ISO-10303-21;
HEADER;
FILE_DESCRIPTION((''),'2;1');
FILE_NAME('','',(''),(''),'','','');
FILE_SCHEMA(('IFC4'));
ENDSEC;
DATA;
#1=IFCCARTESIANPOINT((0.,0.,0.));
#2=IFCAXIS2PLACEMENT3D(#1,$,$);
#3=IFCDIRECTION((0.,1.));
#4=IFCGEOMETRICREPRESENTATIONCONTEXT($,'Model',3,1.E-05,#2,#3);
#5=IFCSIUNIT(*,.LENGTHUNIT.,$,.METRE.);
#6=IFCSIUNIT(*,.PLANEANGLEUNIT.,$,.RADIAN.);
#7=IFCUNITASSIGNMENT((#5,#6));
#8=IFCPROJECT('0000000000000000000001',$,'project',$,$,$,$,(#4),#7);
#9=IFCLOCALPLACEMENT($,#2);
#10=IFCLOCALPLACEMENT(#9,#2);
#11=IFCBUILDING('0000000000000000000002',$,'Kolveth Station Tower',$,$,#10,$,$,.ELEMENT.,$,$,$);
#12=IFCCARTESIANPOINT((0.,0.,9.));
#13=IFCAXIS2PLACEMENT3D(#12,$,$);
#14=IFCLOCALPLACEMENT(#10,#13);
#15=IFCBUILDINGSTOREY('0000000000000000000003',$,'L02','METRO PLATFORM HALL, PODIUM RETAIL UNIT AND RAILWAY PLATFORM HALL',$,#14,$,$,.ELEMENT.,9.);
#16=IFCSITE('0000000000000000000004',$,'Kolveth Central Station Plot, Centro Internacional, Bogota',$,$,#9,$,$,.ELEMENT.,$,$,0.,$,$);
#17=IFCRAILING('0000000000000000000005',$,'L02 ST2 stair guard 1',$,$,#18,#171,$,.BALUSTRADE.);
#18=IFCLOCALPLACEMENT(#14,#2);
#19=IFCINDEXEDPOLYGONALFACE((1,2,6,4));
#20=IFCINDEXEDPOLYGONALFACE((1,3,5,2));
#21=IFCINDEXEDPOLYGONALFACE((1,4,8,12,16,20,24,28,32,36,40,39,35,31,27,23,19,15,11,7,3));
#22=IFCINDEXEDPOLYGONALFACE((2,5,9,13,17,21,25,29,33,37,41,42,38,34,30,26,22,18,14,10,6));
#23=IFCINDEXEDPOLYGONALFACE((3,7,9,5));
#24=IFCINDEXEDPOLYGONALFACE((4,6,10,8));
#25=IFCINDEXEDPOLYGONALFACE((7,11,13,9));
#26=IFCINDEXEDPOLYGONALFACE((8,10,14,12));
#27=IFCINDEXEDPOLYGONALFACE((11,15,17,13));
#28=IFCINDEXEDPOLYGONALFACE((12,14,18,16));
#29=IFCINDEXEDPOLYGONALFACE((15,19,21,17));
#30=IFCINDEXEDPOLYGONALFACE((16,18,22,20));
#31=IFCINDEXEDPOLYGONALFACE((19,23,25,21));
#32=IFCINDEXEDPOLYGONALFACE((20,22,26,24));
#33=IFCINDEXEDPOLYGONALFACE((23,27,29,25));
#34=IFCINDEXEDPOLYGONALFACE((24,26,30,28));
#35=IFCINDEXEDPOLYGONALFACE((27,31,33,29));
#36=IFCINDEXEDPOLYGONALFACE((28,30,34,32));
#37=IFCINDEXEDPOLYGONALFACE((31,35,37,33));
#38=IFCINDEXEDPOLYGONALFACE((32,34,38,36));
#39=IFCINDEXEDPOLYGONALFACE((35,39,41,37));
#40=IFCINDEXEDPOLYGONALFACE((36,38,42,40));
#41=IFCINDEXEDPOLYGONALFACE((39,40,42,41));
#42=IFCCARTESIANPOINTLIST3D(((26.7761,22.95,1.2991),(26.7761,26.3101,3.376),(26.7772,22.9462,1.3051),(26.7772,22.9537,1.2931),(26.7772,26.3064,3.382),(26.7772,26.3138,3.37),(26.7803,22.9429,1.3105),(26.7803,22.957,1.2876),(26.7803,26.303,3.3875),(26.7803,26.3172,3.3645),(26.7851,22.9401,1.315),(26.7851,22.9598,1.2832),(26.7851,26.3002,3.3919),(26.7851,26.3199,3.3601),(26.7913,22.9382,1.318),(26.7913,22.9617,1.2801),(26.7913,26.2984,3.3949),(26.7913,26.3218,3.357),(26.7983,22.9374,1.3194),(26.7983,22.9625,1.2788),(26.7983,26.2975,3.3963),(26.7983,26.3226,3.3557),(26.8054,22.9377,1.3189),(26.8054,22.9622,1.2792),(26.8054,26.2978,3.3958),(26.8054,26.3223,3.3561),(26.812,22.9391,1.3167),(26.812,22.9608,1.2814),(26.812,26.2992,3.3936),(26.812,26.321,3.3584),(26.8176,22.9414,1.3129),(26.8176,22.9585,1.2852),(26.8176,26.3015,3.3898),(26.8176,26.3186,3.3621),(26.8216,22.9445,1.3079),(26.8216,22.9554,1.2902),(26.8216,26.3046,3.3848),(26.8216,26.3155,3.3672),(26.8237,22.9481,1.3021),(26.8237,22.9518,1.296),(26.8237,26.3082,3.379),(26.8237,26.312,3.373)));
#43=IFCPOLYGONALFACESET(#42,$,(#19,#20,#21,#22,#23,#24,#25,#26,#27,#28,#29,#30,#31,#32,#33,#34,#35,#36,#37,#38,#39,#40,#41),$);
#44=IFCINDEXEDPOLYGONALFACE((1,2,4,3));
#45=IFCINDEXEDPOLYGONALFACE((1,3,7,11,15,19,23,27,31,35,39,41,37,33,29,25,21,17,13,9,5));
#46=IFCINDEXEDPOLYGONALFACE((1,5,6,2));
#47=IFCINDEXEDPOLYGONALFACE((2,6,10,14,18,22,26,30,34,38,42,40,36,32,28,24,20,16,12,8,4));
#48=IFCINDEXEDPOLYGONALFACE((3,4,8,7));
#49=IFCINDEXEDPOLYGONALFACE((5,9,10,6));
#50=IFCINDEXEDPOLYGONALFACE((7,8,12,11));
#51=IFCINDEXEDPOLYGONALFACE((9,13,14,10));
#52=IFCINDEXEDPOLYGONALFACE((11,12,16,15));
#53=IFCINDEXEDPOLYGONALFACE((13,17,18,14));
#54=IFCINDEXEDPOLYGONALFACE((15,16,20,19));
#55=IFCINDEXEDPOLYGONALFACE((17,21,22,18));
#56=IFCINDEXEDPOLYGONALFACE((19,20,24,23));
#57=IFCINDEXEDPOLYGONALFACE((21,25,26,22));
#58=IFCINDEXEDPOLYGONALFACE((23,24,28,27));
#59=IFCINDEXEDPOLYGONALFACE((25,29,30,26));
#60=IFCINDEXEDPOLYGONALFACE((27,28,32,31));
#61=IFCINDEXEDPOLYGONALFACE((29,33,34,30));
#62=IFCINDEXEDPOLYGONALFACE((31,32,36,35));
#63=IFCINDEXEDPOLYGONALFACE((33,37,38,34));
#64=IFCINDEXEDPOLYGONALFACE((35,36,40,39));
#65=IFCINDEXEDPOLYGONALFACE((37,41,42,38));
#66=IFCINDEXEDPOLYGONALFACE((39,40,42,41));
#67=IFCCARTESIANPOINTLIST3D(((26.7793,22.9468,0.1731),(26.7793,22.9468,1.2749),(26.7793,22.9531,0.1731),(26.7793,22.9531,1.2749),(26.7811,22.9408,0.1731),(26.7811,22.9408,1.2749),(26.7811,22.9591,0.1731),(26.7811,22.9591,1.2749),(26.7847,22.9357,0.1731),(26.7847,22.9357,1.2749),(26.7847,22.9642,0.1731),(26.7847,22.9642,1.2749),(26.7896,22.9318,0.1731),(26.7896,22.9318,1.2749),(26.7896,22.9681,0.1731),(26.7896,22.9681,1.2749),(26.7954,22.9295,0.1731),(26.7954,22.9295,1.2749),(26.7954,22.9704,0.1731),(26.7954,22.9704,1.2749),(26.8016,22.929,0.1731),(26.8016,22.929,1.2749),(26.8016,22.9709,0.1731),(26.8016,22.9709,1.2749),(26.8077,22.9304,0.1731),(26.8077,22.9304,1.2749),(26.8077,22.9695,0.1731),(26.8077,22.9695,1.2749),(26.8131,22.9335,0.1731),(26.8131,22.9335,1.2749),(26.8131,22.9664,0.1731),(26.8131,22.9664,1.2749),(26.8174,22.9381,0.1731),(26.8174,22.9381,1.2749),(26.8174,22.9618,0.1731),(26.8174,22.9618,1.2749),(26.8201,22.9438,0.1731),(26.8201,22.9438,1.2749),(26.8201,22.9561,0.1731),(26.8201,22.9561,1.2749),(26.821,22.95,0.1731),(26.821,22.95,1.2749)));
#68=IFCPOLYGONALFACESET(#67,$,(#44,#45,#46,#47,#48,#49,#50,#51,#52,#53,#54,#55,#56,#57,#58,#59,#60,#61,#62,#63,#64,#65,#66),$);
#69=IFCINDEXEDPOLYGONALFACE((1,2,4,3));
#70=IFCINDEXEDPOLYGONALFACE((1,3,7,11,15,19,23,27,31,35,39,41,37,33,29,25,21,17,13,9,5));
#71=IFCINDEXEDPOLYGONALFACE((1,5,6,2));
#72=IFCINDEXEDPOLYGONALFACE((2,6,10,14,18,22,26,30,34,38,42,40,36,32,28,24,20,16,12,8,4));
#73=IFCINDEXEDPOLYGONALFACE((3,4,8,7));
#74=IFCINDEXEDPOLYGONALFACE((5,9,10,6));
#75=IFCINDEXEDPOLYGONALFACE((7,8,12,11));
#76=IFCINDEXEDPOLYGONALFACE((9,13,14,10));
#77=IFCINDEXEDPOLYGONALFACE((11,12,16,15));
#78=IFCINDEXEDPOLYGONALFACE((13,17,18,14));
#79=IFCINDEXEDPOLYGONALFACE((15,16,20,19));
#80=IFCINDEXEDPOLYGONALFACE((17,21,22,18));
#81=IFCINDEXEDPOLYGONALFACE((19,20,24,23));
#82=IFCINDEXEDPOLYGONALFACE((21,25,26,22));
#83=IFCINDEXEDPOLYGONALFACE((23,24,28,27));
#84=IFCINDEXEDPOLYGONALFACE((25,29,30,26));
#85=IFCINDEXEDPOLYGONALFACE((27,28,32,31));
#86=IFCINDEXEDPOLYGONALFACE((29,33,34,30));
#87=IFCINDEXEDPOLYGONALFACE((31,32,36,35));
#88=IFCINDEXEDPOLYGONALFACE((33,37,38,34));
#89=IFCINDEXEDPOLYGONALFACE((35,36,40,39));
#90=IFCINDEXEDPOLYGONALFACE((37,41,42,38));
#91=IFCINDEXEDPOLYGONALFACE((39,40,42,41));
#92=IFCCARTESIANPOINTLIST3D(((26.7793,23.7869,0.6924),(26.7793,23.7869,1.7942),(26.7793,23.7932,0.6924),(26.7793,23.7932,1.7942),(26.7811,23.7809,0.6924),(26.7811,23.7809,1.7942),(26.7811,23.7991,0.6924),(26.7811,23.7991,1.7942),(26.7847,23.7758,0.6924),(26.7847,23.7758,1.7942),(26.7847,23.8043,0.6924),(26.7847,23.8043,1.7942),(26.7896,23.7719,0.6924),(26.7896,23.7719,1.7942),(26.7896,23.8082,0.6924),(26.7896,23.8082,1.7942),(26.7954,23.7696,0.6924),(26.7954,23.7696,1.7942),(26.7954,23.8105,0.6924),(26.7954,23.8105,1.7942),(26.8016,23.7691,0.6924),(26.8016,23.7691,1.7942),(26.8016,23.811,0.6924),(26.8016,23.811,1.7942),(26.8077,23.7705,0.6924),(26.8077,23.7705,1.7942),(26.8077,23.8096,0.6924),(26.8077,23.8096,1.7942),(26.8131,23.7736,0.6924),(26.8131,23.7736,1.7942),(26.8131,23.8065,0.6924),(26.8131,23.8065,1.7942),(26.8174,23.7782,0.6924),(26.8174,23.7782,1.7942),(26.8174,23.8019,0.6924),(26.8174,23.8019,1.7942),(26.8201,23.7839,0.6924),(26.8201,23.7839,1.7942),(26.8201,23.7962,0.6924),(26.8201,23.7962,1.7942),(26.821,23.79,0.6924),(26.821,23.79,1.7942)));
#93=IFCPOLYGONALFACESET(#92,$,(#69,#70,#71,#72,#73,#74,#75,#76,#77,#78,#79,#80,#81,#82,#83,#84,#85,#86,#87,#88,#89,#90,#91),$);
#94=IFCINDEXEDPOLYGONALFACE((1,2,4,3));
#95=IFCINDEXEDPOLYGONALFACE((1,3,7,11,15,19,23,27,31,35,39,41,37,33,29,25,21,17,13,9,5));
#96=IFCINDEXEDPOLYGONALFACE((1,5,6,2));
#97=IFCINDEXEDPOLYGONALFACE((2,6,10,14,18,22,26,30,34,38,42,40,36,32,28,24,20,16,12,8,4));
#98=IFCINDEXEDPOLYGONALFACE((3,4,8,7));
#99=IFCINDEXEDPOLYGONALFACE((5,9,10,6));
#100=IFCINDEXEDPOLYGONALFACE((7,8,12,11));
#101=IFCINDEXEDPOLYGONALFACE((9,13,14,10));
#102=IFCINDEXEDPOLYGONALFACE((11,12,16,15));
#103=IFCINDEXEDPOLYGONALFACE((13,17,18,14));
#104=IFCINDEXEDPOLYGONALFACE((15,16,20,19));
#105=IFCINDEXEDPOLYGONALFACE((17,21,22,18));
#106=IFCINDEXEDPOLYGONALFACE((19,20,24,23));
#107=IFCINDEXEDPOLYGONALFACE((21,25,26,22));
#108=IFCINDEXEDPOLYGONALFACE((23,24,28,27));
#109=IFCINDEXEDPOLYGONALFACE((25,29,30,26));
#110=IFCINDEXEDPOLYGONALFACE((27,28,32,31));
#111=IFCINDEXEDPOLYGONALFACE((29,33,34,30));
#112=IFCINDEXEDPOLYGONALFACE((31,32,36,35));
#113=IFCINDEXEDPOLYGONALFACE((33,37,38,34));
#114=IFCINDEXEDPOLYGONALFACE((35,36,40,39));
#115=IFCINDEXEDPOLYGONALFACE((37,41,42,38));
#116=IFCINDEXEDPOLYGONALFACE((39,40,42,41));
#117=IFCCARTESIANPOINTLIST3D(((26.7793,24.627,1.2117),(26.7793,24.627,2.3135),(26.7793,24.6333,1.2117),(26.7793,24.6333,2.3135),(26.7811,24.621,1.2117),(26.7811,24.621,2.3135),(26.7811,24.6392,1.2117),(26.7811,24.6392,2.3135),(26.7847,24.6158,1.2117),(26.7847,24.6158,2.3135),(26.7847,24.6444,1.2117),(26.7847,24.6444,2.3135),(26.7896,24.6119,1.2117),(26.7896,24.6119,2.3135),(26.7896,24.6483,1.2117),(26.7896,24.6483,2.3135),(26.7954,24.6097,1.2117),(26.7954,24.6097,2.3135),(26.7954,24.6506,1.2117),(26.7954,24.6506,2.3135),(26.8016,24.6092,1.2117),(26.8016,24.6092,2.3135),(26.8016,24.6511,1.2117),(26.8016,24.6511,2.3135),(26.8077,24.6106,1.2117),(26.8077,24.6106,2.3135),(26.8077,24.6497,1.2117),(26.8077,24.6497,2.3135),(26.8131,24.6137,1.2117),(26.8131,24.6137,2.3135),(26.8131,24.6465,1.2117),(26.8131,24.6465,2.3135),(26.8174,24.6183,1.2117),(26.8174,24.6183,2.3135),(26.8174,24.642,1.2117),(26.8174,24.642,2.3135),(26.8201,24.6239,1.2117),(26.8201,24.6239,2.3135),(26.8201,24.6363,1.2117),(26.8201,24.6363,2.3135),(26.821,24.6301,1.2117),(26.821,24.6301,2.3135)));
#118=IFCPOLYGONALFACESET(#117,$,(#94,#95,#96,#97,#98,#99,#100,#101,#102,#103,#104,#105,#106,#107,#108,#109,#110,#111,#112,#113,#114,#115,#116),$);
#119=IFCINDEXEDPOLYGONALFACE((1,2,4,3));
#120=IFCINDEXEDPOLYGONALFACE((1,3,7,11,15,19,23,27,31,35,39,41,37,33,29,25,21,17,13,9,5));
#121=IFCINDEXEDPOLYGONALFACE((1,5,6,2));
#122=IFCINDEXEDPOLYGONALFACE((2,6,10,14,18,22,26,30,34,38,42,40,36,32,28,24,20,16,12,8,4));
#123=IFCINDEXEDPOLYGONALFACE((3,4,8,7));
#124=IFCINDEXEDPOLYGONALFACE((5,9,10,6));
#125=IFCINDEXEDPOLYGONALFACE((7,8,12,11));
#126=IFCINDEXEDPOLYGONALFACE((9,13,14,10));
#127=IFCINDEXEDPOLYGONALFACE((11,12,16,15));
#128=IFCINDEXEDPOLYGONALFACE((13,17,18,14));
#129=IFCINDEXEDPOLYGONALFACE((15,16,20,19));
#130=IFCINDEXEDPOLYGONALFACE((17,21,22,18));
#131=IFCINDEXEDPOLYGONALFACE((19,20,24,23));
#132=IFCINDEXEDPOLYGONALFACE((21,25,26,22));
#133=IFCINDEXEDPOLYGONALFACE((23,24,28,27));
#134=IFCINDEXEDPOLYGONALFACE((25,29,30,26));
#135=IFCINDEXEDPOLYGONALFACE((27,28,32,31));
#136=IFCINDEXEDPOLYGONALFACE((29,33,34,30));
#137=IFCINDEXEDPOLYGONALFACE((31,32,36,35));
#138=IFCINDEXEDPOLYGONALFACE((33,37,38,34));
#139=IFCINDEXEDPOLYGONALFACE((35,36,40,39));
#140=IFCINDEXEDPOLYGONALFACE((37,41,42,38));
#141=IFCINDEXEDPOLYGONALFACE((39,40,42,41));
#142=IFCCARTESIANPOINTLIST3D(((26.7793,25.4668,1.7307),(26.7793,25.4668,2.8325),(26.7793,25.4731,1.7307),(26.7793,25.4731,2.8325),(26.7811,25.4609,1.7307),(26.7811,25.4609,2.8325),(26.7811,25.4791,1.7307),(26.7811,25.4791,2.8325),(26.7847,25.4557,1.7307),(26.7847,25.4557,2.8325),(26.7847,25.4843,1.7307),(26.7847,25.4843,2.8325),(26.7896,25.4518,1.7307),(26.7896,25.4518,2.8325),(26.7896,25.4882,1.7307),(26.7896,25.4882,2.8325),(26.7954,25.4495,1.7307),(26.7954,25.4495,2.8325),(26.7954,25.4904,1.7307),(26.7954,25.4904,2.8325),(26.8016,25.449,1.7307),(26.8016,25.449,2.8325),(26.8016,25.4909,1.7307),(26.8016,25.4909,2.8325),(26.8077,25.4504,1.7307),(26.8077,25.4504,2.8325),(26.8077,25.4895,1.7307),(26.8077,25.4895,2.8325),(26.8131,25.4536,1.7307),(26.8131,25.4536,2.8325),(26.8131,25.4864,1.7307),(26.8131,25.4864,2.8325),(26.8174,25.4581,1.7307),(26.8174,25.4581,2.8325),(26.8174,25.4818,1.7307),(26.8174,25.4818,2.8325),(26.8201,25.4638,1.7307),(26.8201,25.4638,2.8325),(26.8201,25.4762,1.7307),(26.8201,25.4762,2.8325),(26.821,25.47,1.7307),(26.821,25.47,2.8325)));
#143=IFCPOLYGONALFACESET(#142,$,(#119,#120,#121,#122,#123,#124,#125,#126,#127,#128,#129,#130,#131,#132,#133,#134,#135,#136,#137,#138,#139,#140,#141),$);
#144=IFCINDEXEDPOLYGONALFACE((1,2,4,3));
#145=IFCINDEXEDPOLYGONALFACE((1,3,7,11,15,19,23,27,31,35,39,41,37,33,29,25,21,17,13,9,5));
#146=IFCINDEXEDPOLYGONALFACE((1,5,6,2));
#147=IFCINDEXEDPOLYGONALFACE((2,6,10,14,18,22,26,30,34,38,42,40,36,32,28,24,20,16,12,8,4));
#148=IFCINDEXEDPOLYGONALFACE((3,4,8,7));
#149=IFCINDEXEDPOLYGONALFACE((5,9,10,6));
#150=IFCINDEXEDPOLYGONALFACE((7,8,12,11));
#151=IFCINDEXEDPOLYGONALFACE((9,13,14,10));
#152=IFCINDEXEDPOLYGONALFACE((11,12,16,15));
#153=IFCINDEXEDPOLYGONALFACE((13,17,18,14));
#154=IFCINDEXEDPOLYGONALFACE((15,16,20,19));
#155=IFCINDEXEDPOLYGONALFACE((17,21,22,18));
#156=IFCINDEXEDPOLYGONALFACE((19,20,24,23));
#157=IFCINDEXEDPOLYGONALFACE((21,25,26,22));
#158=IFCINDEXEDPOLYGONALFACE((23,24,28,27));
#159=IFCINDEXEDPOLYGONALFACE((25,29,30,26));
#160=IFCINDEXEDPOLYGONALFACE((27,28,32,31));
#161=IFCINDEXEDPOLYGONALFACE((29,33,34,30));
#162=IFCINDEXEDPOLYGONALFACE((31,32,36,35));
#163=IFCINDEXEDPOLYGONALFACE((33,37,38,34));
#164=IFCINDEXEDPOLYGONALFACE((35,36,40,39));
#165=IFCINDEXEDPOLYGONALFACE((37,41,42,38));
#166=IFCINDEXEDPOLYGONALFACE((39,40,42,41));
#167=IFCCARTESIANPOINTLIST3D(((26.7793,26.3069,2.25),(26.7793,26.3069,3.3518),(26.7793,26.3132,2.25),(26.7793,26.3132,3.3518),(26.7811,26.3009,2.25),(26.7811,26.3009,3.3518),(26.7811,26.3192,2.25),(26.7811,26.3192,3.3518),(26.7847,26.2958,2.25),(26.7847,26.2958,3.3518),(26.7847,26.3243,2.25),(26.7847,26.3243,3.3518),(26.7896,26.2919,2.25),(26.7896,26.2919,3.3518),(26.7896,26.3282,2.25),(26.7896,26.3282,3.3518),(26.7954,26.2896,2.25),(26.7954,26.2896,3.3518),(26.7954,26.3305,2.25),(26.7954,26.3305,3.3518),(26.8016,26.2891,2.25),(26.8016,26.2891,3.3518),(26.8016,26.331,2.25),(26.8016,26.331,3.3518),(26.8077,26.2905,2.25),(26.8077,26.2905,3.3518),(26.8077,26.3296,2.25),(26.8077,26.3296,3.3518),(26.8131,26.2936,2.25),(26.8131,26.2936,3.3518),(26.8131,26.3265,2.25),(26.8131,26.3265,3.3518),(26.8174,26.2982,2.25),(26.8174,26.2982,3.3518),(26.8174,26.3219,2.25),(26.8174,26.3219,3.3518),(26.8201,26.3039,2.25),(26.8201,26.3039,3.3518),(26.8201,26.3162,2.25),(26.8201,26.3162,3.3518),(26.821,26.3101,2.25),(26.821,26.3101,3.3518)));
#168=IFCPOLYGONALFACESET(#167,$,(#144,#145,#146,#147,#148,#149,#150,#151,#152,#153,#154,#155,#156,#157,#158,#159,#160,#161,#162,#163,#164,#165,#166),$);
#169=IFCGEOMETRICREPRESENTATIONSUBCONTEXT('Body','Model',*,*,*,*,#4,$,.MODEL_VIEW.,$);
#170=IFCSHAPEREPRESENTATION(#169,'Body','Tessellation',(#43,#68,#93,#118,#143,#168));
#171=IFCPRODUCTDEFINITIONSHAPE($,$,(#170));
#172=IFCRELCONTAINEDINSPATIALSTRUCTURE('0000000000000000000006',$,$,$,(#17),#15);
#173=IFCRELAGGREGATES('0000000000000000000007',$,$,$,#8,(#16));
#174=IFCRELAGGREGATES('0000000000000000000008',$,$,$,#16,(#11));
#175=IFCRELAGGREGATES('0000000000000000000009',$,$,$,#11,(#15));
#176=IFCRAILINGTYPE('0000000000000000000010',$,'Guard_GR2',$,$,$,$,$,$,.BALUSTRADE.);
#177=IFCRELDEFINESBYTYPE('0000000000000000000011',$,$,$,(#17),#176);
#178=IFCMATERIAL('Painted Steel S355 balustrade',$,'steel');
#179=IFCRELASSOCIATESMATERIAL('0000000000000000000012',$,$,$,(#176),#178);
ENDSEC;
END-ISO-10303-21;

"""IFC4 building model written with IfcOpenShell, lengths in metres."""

from ifc_helpers import new_model, si_unit, direction, frame, origin, origin_2d, place, context, subcontext, project, spatial, circle, extrude, material, type_object, element, save


model = new_model("IFC4")

# Units and contexts
model_context = context("Model", 3, precision=1e-05, world=origin(), true_north=direction((0.0, 1.0)))
body_context = subcontext(model_context, "Body", "Model", "MODEL_VIEW")
ifc_project = project(units=[si_unit("LENGTHUNIT", "METRE"), si_unit("PLANEANGLEUNIT", "RADIAN")], contexts=[model_context])

# Site, building, storey
site_placement = place(None, origin())
site = spatial("IfcSite", under=ifc_project, at=site_placement, Name="Kolveth Central Station Plot, Centro Internacional, Bogota", CompositionType="ELEMENT", RefElevation=0.0)
building_placement = place(site_placement, origin())
building = spatial("IfcBuilding", under=site, at=building_placement, Name="Kolveth Station Tower", CompositionType="ELEMENT")
storey_placement = place(building_placement, frame((0.0, 0.0, 9.0)))
storey = spatial("IfcBuildingStorey", under=building, at=storey_placement, Name="L02", Description="METRO PLATFORM HALL, PODIUM RETAIL UNIT AND RAILWAY PLATFORM HALL", CompositionType="ELEMENT", Elevation=9.0)

# Railing
ifc_material_1 = material(Name="Painted Steel S355 balustrade", Category="steel")
railing_type_1 = type_object("IfcRailingType", Name="Guard_GR2", PredefinedType="BALUSTRADE", material=ifc_material_1)
railing_1_placement = place(storey_placement, frame((26.8, 22.95, 0.1731)))
element("IfcRailing", 1, at=railing_1_placement, inside=storey, type_object=railing_type_1, Name="L02 ST2 stair guard 1", PredefinedType="BALUSTRADE", context=body_context, shape_type="SweptSolid", body=[
    extrude(circle(Radius=0.0239, at=origin_2d()), frame((0.0, 0.0, 1.126), z_axis=(0.0, 0.850623, 0.525776), x_axis=(-1.0, 0.0, 0.0)), (0.0, 0.0, 1.0), 3.9502),
    extrude(circle(Radius=0.021, at=origin_2d()), origin(), (0.0, 0.0, 1.0), 1.1018),
    extrude(circle(Radius=0.021, at=origin_2d()), frame((0.0, 0.8401, 0.5193)), (0.0, 0.0, 1.0), 1.1018),
    extrude(circle(Radius=0.021, at=origin_2d()), frame((0.0, 1.6802, 1.0386)), (0.0, 0.0, 1.0), 1.1018),
    extrude(circle(Radius=0.021, at=origin_2d()), frame((0.0, 2.52, 1.5576)), (0.0, 0.0, 1.0), 1.1018),
    extrude(circle(Radius=0.021, at=origin_2d()), frame((0.0, 3.3601, 2.0769)), (0.0, 0.0, 1.0), 1.1018),
])

save(model, "model.ifc")
